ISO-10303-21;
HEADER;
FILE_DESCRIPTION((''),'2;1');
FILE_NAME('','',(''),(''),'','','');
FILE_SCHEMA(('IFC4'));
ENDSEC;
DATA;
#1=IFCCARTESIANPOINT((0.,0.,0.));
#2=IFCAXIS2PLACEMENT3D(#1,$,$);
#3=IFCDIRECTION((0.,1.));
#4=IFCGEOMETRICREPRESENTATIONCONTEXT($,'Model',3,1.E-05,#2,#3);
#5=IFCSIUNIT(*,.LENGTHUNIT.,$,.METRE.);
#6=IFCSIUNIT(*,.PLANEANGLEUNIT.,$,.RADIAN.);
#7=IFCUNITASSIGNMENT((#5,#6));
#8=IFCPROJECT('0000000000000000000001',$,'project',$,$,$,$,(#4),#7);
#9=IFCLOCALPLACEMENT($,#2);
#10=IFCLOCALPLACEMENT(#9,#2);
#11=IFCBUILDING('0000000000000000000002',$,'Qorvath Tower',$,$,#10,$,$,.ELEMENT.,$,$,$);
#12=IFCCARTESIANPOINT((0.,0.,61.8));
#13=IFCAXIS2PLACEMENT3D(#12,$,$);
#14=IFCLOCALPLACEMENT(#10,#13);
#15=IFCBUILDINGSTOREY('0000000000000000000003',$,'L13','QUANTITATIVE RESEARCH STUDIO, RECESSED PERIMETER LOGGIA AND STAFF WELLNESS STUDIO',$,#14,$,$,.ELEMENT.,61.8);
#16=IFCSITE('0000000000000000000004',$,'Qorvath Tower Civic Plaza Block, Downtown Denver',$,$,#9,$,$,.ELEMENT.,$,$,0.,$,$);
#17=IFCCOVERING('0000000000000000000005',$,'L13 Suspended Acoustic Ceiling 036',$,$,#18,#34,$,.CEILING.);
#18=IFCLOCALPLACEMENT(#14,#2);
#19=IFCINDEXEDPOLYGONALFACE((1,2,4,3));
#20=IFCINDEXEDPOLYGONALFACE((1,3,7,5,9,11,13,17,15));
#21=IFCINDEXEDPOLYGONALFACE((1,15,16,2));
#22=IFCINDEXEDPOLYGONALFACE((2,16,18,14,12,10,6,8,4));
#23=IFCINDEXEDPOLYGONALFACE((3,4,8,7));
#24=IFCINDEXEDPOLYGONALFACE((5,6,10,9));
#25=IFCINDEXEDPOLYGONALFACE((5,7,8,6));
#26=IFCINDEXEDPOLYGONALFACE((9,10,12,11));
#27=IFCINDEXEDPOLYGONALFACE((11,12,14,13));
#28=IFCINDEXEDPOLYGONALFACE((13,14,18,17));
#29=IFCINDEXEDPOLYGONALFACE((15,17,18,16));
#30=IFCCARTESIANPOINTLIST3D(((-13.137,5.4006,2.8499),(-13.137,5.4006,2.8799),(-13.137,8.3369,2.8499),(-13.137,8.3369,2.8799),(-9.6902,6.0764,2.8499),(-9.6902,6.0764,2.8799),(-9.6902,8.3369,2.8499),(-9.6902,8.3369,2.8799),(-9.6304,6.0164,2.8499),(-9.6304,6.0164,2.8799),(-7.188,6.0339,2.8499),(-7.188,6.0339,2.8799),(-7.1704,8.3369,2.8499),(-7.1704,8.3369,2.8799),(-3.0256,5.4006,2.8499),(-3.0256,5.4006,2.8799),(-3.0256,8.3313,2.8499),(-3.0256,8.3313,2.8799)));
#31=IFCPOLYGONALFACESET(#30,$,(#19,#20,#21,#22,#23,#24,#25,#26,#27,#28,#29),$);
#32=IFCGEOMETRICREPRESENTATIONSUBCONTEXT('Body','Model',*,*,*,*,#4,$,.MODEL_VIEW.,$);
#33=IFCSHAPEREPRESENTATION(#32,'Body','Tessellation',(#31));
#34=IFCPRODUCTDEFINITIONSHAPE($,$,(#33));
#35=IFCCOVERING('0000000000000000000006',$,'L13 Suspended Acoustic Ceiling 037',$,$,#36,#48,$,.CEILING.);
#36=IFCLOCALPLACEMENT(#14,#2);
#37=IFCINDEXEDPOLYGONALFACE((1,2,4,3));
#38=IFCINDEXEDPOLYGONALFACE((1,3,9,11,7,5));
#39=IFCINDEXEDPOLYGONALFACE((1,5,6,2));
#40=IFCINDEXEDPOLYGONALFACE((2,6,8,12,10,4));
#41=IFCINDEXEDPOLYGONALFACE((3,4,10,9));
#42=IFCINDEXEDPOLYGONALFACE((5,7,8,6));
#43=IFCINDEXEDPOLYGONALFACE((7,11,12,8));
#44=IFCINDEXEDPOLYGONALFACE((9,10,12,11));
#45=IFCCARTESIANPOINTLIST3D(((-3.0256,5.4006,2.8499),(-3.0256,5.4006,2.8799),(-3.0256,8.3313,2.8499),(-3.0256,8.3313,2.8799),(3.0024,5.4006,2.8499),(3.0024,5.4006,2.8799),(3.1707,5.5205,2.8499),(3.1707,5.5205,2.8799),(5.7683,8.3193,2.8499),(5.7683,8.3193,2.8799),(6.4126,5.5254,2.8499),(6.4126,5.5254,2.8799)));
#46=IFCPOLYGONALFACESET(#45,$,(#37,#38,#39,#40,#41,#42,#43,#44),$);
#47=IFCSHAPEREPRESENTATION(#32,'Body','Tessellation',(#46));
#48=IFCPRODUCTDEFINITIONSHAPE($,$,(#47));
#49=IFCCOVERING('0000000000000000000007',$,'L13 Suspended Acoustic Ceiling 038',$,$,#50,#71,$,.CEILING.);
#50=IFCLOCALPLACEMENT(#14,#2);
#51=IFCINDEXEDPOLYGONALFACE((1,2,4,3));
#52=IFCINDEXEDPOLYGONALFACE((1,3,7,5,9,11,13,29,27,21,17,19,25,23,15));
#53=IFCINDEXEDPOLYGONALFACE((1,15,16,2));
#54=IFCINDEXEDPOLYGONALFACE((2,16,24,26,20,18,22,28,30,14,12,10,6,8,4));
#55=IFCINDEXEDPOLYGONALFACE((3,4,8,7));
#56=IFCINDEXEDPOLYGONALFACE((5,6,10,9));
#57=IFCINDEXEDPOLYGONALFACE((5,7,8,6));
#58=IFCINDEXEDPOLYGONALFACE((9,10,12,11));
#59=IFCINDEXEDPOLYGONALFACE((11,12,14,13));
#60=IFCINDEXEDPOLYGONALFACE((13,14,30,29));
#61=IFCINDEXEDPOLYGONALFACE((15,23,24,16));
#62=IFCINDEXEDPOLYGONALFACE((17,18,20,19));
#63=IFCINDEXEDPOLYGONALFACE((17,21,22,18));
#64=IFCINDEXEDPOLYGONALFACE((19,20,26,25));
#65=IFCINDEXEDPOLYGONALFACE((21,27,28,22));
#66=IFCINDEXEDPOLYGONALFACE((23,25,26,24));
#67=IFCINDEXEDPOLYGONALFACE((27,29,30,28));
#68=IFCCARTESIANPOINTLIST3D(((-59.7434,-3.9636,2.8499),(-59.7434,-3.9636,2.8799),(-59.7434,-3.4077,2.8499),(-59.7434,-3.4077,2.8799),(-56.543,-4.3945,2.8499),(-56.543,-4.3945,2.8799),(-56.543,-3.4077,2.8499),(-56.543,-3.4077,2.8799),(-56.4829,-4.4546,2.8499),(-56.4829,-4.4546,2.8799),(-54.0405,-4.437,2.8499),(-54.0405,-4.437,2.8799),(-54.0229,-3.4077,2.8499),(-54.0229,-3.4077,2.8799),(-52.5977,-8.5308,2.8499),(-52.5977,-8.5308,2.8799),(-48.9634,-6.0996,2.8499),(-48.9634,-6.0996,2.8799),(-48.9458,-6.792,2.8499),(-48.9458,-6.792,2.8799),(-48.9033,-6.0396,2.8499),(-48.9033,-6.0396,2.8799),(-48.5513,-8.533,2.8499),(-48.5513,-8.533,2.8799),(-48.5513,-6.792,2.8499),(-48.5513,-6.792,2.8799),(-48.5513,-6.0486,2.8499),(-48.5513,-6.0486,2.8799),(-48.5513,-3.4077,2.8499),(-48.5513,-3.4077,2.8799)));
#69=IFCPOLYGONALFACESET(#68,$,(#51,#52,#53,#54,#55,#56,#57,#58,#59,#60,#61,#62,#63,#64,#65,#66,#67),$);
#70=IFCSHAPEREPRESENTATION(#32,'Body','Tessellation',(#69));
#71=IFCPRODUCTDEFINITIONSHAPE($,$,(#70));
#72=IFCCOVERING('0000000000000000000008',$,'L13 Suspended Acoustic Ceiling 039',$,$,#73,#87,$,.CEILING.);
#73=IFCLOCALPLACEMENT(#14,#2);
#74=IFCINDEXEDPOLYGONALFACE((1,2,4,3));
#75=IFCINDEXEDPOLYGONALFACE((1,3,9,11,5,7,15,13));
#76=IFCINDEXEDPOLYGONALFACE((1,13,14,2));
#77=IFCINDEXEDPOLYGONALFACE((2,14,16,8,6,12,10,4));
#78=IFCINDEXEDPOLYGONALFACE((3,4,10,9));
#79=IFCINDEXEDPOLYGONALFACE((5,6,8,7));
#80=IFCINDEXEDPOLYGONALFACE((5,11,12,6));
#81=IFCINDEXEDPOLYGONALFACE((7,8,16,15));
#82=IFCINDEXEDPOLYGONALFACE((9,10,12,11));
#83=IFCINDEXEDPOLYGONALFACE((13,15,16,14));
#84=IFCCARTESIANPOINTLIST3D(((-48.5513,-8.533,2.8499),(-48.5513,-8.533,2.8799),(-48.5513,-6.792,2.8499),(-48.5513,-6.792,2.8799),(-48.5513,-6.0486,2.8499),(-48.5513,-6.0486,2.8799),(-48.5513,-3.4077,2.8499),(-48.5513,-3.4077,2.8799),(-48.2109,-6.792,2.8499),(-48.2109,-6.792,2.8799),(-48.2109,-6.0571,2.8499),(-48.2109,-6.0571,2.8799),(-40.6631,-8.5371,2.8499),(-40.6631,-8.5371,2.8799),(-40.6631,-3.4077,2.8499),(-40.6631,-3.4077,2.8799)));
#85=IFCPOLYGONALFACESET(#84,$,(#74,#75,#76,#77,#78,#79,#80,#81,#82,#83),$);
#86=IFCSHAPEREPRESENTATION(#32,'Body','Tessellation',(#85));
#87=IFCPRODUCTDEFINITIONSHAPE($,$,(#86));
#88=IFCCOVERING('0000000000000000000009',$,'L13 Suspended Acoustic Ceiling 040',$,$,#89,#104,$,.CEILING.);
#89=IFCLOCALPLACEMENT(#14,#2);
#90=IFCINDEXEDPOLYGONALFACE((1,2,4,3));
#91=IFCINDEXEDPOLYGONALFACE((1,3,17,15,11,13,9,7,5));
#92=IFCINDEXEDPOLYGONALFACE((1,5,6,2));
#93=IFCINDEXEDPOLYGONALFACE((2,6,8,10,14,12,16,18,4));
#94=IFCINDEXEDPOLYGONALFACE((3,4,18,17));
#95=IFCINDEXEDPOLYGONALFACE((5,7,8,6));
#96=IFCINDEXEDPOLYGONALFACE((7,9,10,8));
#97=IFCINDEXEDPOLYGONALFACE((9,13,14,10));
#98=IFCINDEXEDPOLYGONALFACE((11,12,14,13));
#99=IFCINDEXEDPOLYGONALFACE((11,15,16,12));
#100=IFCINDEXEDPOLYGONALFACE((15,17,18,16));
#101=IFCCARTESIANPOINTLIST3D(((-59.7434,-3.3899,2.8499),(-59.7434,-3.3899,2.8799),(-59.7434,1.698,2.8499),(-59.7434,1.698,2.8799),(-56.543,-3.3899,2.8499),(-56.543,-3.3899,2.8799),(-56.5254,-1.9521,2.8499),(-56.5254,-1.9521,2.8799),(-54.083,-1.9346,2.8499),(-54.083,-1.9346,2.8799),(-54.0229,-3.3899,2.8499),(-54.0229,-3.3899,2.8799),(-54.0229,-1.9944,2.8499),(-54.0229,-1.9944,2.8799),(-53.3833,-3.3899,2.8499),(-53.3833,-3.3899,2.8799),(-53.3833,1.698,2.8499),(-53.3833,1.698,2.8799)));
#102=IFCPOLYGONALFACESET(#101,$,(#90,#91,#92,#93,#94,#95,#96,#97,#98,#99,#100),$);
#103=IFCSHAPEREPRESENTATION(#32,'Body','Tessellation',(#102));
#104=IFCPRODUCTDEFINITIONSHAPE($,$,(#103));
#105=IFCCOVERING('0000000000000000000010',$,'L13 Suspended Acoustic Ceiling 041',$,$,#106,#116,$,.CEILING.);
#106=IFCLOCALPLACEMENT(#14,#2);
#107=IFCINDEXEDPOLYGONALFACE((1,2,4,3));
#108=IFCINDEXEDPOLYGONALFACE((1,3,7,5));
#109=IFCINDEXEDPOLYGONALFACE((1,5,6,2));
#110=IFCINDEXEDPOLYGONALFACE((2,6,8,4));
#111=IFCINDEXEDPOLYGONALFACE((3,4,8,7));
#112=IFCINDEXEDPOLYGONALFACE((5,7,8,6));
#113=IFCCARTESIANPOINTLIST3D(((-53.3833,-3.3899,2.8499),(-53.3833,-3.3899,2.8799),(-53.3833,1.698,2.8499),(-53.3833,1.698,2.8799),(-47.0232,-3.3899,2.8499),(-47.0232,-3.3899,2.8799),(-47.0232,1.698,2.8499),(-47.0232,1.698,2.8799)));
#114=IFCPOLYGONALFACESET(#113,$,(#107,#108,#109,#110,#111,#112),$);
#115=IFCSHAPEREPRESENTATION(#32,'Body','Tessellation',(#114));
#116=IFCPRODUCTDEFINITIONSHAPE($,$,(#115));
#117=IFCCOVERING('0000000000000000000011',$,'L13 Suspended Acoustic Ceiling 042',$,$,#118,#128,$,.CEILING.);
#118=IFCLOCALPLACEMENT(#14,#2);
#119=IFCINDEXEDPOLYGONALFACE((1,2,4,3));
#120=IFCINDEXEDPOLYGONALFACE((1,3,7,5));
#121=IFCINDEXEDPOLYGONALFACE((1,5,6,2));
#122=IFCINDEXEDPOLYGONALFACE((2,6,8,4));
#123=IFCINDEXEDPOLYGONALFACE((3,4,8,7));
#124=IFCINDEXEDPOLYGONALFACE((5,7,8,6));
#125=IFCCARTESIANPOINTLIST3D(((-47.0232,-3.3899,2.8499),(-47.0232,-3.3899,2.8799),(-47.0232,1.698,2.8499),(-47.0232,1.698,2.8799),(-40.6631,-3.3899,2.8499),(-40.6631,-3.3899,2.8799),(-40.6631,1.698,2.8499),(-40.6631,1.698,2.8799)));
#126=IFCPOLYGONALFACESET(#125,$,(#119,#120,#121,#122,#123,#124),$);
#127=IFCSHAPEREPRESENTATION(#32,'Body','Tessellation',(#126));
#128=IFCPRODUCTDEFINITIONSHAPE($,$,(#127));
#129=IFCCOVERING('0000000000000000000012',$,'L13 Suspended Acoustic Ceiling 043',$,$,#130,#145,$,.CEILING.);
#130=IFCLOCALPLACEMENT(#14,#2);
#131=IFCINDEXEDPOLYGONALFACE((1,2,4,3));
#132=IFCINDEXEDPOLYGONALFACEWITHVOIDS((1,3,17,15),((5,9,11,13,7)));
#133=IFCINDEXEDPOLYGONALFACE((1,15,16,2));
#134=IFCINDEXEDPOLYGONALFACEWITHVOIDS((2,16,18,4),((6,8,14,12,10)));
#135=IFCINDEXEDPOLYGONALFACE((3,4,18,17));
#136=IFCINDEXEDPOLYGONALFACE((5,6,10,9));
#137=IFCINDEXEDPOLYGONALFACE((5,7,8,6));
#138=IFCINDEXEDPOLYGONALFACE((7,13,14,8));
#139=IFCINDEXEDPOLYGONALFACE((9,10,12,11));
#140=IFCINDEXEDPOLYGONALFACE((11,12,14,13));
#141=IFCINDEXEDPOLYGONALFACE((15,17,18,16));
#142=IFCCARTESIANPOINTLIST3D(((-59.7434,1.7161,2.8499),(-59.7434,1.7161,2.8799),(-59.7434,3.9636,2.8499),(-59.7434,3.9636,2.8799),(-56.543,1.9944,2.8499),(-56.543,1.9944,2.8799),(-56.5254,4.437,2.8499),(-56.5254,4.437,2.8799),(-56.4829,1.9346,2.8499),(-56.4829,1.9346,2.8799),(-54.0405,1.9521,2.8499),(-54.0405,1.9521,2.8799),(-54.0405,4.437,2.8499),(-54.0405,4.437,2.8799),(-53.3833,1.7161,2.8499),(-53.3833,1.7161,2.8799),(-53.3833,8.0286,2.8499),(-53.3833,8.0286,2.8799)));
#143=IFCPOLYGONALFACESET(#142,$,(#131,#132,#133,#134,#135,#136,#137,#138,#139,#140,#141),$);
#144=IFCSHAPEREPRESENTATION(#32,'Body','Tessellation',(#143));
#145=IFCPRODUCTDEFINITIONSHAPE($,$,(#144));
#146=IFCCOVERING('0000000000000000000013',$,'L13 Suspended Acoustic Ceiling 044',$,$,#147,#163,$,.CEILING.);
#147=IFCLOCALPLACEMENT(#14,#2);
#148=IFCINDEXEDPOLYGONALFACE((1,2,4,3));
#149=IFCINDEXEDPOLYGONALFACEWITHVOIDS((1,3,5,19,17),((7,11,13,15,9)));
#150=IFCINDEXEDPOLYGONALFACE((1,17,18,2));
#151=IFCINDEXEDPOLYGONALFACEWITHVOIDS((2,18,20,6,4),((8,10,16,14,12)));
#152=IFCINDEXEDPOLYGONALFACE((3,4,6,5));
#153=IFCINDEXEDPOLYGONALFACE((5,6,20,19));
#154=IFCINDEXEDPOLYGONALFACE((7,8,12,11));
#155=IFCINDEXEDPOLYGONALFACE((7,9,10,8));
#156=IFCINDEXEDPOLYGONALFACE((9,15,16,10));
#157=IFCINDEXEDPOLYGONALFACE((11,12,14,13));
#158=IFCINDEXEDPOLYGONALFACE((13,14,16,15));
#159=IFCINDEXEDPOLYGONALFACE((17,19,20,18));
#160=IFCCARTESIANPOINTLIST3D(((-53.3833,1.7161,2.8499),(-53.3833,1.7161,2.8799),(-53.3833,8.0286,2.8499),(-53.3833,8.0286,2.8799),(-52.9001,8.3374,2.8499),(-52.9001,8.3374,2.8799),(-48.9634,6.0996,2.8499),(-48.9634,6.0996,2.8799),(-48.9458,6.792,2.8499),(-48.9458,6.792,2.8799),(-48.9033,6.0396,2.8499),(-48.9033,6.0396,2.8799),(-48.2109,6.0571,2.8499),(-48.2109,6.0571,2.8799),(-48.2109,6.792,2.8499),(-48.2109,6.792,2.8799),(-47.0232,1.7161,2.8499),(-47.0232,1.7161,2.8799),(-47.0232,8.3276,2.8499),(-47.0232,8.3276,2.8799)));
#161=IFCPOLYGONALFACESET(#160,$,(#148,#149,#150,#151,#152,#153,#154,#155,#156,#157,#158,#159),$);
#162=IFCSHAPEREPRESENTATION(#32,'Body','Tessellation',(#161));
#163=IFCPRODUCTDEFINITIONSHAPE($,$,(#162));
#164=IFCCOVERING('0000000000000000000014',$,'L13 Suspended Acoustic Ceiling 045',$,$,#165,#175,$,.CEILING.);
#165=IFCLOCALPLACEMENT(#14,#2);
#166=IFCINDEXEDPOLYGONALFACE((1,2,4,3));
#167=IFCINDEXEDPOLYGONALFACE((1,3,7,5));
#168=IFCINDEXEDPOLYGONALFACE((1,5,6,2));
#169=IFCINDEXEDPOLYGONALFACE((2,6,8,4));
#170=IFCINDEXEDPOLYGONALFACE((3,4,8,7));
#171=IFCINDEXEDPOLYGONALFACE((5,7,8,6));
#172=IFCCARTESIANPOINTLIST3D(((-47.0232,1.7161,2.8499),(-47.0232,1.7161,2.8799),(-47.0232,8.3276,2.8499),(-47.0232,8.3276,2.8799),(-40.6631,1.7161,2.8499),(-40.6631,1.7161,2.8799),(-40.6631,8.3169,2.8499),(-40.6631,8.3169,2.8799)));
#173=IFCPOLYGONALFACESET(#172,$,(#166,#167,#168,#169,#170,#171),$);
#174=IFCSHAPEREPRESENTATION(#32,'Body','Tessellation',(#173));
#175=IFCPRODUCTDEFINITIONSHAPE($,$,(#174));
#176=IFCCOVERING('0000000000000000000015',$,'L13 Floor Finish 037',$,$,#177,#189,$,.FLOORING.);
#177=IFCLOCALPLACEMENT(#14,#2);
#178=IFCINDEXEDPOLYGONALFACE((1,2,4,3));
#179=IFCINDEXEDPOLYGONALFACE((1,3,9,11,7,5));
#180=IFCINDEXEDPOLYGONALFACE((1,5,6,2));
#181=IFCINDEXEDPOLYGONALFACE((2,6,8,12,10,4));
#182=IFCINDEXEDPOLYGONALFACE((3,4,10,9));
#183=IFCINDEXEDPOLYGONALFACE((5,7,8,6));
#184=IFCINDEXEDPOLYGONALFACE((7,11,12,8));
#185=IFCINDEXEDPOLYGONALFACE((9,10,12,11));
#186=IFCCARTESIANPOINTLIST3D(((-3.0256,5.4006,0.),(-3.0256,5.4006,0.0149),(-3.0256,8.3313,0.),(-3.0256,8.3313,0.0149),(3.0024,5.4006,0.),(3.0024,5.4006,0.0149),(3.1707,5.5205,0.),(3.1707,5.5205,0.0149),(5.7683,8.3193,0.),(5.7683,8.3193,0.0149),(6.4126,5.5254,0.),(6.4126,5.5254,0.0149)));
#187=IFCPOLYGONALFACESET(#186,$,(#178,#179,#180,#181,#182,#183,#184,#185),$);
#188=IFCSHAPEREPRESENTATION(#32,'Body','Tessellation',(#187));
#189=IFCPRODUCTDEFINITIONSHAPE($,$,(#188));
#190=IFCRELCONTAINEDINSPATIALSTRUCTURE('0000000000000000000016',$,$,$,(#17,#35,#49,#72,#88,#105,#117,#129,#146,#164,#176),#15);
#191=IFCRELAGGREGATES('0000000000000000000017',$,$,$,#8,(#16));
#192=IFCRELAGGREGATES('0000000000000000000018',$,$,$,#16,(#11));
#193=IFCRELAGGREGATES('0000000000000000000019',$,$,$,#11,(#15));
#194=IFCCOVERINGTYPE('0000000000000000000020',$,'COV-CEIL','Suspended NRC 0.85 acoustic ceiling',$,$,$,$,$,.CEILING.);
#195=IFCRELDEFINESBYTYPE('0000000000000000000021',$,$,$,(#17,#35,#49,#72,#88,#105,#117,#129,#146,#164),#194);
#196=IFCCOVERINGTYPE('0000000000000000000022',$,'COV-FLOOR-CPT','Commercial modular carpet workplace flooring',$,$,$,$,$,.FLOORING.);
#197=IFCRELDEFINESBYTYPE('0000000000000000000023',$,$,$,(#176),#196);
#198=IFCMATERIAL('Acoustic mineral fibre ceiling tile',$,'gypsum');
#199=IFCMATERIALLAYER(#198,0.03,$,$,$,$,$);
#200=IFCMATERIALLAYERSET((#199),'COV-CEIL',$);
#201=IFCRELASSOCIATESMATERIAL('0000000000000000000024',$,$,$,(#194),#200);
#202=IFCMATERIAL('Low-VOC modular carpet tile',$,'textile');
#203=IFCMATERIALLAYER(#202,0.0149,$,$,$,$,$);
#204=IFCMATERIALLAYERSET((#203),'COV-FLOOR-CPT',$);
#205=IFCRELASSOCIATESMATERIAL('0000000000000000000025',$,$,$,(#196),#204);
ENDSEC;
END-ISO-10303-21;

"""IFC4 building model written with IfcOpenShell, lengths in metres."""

from ifc_helpers import new_model, si_unit, direction, frame, origin, place, context, subcontext, project, spatial, polyline, outline, extrude, material, layer, layer_set, type_object, element, save


model = new_model("IFC4")

# Units and contexts
model_context = context("Model", 3, precision=1e-05, world=origin(), true_north=direction((0.0, 1.0)))
body_context = subcontext(model_context, "Body", "Model", "MODEL_VIEW")
ifc_project = project(units=[si_unit("LENGTHUNIT", "METRE"), si_unit("PLANEANGLEUNIT", "RADIAN")], contexts=[model_context])

# Site, building, storey
site_placement = place(None, origin())
site = spatial("IfcSite", under=ifc_project, at=site_placement, Name="Qorvath Tower Civic Plaza Block, Downtown Denver", CompositionType="ELEMENT", RefElevation=0.0)
building_placement = place(site_placement, origin())
building = spatial("IfcBuilding", under=site, at=building_placement, Name="Qorvath Tower", CompositionType="ELEMENT")
storey_placement = place(building_placement, frame((0.0, 0.0, 61.8)))
storey = spatial("IfcBuildingStorey", under=building, at=storey_placement, Name="L13", Description="QUANTITATIVE RESEARCH STUDIO, RECESSED PERIMETER LOGGIA AND STAFF WELLNESS STUDIO", CompositionType="ELEMENT", Elevation=61.8)

# Coverings
ifc_material_1 = material(Name="Acoustic mineral fibre ceiling tile", Category="gypsum")
ifc_layer_1 = layer(ifc_material_1, 0.03)
ifc_layer_set_1 = layer_set([ifc_layer_1], Name="COV-CEIL")
covering_type_1 = type_object("IfcCoveringType", Name="COV-CEIL", Description="Suspended NRC 0.85 acoustic ceiling", PredefinedType="CEILING", material=ifc_layer_set_1)
covering_1_placement = place(storey_placement, frame((0.0, 0.0, 2.8499)))
element("IfcCovering", 1, at=covering_1_placement, inside=storey, type_object=covering_type_1, Name="L13 Suspended Acoustic Ceiling 036", PredefinedType="CEILING", context=body_context, shape_type="SweptSolid", body=[
    extrude(outline(polyline([(-3.0256, 5.4006), (-3.0256, 8.3313), (-7.1704, 8.3369), (-7.188, 6.0339), (-9.6304, 6.0164), (-9.6902, 6.0764), (-9.6902, 8.3369), (-13.137, 8.3369), (-13.137, 5.4006), (-3.0256, 5.4006)])), origin(), (0.0, 0.0, 1.0), 0.03),
])
covering_2_placement = place(storey_placement, frame((0.0, 0.0, 2.8499)))
element("IfcCovering", 2, at=covering_2_placement, inside=storey, type_object=covering_type_1, Name="L13 Suspended Acoustic Ceiling 037", PredefinedType="CEILING", context=body_context, shape_type="SweptSolid", body=[
    extrude(outline(polyline([(3.0024, 5.4006), (3.1707, 5.5205), (6.4126, 5.5254), (5.7683, 8.3193), (-3.0256, 8.3313), (-3.0256, 5.4006), (3.0024, 5.4006)])), origin(), (0.0, 0.0, 1.0), 0.03),
])
covering_3_placement = place(storey_placement, frame((0.0, 0.0, 2.8499)))
element("IfcCovering", 3, at=covering_3_placement, inside=storey, type_object=covering_type_1, Name="L13 Suspended Acoustic Ceiling 038", PredefinedType="CEILING", context=body_context, shape_type="SweptSolid", body=[
    extrude(outline(polyline([(-48.5513, -8.533), (-48.5513, -6.792), (-48.9458, -6.792), (-48.9634, -6.0996), (-48.9033, -6.0396), (-48.5513, -6.0486), (-48.5513, -3.4077), (-54.0229, -3.4077), (-54.0405, -4.437), (-56.4829, -4.4546), (-56.543, -4.3945), (-56.543, -3.4077), (-59.7434, -3.4077), (-59.7434, -3.9636), (-52.5977, -8.5308), (-48.5513, -8.533)])), origin(), (0.0, 0.0, 1.0), 0.03),
])
covering_4_placement = place(storey_placement, frame((0.0, 0.0, 2.8499)))
element("IfcCovering", 4, at=covering_4_placement, inside=storey, type_object=covering_type_1, Name="L13 Suspended Acoustic Ceiling 039", PredefinedType="CEILING", context=body_context, shape_type="SweptSolid", body=[
    extrude(outline(polyline([(-40.6631, -8.5371), (-40.6631, -3.4077), (-48.5513, -3.4077), (-48.5513, -6.0486), (-48.2109, -6.0571), (-48.2109, -6.792), (-48.5513, -6.792), (-48.5513, -8.533), (-40.6631, -8.5371)])), origin(), (0.0, 0.0, 1.0), 0.03),
])
covering_5_placement = place(storey_placement, frame((0.0, 0.0, 2.8499)))
element("IfcCovering", 5, at=covering_5_placement, inside=storey, type_object=covering_type_1, Name="L13 Suspended Acoustic Ceiling 040", PredefinedType="CEILING", context=body_context, shape_type="SweptSolid", body=[
    extrude(outline(polyline([(-54.0229, -3.3899), (-53.3833, -3.3899), (-53.3833, 1.698), (-59.7434, 1.698), (-59.7434, -3.3899), (-56.543, -3.3899), (-56.5254, -1.9521), (-54.083, -1.9346), (-54.0229, -1.9944), (-54.0229, -3.3899)])), origin(), (0.0, 0.0, 1.0), 0.03),
])
covering_6_placement = place(storey_placement, frame((0.0, 0.0, 2.8499)))
element("IfcCovering", 6, at=covering_6_placement, inside=storey, type_object=covering_type_1, Name="L13 Suspended Acoustic Ceiling 041", PredefinedType="CEILING", context=body_context, shape_type="SweptSolid", body=[
    extrude(outline(polyline([(-53.3833, 1.698), (-53.3833, -3.3899), (-47.0232, -3.3899), (-47.0232, 1.698), (-53.3833, 1.698)])), origin(), (0.0, 0.0, 1.0), 0.03),
])
covering_7_placement = place(storey_placement, frame((0.0, 0.0, 2.8499)))
element("IfcCovering", 7, at=covering_7_placement, inside=storey, type_object=covering_type_1, Name="L13 Suspended Acoustic Ceiling 042", PredefinedType="CEILING", context=body_context, shape_type="SweptSolid", body=[
    extrude(outline(polyline([(-47.0232, 1.698), (-47.0232, -3.3899), (-40.6631, -3.3899), (-40.6631, 1.698), (-47.0232, 1.698)])), origin(), (0.0, 0.0, 1.0), 0.03),
])
covering_8_placement = place(storey_placement, frame((0.0, 0.0, 2.8499)))
element("IfcCovering", 8, at=covering_8_placement, inside=storey, type_object=covering_type_1, Name="L13 Suspended Acoustic Ceiling 043", PredefinedType="CEILING", context=body_context, shape_type="SweptSolid", body=[
    extrude(outline(polyline([(-53.3833, 1.7161), (-53.3833, 8.0286), (-59.7434, 3.9636), (-59.7434, 1.7161), (-53.3833, 1.7161)]), holes=[polyline([(-56.543, 1.9944), (-56.5254, 4.437), (-54.0405, 4.437), (-54.0405, 1.9521), (-56.4829, 1.9346), (-56.543, 1.9944)])]), origin(), (0.0, 0.0, 1.0), 0.03),
])
covering_9_placement = place(storey_placement, frame((0.0, 0.0, 2.8499)))
element("IfcCovering", 9, at=covering_9_placement, inside=storey, type_object=covering_type_1, Name="L13 Suspended Acoustic Ceiling 044", PredefinedType="CEILING", context=body_context, shape_type="SweptSolid", body=[
    extrude(outline(polyline([(-47.0232, 1.7161), (-47.0232, 8.3276), (-52.9001, 8.3374), (-53.3833, 8.0286), (-53.3833, 1.7161), (-47.0232, 1.7161)]), holes=[polyline([(-48.9634, 6.0996), (-48.9458, 6.792), (-48.2109, 6.792), (-48.2109, 6.0571), (-48.9033, 6.0396), (-48.9634, 6.0996)])]), origin(), (0.0, 0.0, 1.0), 0.03),
])
covering_10_placement = place(storey_placement, frame((0.0, 0.0, 2.8499)))
element("IfcCovering", 10, at=covering_10_placement, inside=storey, type_object=covering_type_1, Name="L13 Suspended Acoustic Ceiling 045", PredefinedType="CEILING", context=body_context, shape_type="SweptSolid", body=[
    extrude(outline(polyline([(-40.6631, 1.7161), (-40.6631, 8.3169), (-47.0232, 8.3276), (-47.0232, 1.7161), (-40.6631, 1.7161)])), origin(), (0.0, 0.0, 1.0), 0.03),
])
ifc_material_2 = material(Name="Low-VOC modular carpet tile", Category="textile")
ifc_layer_2 = layer(ifc_material_2, 0.0149)
ifc_layer_set_2 = layer_set([ifc_layer_2], Name="COV-FLOOR-CPT")
covering_type_2 = type_object("IfcCoveringType", Name="COV-FLOOR-CPT", Description="Commercial modular carpet workplace flooring", PredefinedType="FLOORING", material=ifc_layer_set_2)
covering_11_placement = place(storey_placement, origin())
element("IfcCovering", 11, at=covering_11_placement, inside=storey, type_object=covering_type_2, Name="L13 Floor Finish 037", PredefinedType="FLOORING", context=body_context, shape_type="SweptSolid", body=[
    extrude(outline(polyline([(3.0024, 5.4006), (3.1707, 5.5205), (6.4126, 5.5254), (5.7683, 8.3193), (-3.0256, 8.3313), (-3.0256, 5.4006), (3.0024, 5.4006)])), origin(), (0.0, 0.0, 1.0), 0.0149),
])

save(model, "model.ifc")
